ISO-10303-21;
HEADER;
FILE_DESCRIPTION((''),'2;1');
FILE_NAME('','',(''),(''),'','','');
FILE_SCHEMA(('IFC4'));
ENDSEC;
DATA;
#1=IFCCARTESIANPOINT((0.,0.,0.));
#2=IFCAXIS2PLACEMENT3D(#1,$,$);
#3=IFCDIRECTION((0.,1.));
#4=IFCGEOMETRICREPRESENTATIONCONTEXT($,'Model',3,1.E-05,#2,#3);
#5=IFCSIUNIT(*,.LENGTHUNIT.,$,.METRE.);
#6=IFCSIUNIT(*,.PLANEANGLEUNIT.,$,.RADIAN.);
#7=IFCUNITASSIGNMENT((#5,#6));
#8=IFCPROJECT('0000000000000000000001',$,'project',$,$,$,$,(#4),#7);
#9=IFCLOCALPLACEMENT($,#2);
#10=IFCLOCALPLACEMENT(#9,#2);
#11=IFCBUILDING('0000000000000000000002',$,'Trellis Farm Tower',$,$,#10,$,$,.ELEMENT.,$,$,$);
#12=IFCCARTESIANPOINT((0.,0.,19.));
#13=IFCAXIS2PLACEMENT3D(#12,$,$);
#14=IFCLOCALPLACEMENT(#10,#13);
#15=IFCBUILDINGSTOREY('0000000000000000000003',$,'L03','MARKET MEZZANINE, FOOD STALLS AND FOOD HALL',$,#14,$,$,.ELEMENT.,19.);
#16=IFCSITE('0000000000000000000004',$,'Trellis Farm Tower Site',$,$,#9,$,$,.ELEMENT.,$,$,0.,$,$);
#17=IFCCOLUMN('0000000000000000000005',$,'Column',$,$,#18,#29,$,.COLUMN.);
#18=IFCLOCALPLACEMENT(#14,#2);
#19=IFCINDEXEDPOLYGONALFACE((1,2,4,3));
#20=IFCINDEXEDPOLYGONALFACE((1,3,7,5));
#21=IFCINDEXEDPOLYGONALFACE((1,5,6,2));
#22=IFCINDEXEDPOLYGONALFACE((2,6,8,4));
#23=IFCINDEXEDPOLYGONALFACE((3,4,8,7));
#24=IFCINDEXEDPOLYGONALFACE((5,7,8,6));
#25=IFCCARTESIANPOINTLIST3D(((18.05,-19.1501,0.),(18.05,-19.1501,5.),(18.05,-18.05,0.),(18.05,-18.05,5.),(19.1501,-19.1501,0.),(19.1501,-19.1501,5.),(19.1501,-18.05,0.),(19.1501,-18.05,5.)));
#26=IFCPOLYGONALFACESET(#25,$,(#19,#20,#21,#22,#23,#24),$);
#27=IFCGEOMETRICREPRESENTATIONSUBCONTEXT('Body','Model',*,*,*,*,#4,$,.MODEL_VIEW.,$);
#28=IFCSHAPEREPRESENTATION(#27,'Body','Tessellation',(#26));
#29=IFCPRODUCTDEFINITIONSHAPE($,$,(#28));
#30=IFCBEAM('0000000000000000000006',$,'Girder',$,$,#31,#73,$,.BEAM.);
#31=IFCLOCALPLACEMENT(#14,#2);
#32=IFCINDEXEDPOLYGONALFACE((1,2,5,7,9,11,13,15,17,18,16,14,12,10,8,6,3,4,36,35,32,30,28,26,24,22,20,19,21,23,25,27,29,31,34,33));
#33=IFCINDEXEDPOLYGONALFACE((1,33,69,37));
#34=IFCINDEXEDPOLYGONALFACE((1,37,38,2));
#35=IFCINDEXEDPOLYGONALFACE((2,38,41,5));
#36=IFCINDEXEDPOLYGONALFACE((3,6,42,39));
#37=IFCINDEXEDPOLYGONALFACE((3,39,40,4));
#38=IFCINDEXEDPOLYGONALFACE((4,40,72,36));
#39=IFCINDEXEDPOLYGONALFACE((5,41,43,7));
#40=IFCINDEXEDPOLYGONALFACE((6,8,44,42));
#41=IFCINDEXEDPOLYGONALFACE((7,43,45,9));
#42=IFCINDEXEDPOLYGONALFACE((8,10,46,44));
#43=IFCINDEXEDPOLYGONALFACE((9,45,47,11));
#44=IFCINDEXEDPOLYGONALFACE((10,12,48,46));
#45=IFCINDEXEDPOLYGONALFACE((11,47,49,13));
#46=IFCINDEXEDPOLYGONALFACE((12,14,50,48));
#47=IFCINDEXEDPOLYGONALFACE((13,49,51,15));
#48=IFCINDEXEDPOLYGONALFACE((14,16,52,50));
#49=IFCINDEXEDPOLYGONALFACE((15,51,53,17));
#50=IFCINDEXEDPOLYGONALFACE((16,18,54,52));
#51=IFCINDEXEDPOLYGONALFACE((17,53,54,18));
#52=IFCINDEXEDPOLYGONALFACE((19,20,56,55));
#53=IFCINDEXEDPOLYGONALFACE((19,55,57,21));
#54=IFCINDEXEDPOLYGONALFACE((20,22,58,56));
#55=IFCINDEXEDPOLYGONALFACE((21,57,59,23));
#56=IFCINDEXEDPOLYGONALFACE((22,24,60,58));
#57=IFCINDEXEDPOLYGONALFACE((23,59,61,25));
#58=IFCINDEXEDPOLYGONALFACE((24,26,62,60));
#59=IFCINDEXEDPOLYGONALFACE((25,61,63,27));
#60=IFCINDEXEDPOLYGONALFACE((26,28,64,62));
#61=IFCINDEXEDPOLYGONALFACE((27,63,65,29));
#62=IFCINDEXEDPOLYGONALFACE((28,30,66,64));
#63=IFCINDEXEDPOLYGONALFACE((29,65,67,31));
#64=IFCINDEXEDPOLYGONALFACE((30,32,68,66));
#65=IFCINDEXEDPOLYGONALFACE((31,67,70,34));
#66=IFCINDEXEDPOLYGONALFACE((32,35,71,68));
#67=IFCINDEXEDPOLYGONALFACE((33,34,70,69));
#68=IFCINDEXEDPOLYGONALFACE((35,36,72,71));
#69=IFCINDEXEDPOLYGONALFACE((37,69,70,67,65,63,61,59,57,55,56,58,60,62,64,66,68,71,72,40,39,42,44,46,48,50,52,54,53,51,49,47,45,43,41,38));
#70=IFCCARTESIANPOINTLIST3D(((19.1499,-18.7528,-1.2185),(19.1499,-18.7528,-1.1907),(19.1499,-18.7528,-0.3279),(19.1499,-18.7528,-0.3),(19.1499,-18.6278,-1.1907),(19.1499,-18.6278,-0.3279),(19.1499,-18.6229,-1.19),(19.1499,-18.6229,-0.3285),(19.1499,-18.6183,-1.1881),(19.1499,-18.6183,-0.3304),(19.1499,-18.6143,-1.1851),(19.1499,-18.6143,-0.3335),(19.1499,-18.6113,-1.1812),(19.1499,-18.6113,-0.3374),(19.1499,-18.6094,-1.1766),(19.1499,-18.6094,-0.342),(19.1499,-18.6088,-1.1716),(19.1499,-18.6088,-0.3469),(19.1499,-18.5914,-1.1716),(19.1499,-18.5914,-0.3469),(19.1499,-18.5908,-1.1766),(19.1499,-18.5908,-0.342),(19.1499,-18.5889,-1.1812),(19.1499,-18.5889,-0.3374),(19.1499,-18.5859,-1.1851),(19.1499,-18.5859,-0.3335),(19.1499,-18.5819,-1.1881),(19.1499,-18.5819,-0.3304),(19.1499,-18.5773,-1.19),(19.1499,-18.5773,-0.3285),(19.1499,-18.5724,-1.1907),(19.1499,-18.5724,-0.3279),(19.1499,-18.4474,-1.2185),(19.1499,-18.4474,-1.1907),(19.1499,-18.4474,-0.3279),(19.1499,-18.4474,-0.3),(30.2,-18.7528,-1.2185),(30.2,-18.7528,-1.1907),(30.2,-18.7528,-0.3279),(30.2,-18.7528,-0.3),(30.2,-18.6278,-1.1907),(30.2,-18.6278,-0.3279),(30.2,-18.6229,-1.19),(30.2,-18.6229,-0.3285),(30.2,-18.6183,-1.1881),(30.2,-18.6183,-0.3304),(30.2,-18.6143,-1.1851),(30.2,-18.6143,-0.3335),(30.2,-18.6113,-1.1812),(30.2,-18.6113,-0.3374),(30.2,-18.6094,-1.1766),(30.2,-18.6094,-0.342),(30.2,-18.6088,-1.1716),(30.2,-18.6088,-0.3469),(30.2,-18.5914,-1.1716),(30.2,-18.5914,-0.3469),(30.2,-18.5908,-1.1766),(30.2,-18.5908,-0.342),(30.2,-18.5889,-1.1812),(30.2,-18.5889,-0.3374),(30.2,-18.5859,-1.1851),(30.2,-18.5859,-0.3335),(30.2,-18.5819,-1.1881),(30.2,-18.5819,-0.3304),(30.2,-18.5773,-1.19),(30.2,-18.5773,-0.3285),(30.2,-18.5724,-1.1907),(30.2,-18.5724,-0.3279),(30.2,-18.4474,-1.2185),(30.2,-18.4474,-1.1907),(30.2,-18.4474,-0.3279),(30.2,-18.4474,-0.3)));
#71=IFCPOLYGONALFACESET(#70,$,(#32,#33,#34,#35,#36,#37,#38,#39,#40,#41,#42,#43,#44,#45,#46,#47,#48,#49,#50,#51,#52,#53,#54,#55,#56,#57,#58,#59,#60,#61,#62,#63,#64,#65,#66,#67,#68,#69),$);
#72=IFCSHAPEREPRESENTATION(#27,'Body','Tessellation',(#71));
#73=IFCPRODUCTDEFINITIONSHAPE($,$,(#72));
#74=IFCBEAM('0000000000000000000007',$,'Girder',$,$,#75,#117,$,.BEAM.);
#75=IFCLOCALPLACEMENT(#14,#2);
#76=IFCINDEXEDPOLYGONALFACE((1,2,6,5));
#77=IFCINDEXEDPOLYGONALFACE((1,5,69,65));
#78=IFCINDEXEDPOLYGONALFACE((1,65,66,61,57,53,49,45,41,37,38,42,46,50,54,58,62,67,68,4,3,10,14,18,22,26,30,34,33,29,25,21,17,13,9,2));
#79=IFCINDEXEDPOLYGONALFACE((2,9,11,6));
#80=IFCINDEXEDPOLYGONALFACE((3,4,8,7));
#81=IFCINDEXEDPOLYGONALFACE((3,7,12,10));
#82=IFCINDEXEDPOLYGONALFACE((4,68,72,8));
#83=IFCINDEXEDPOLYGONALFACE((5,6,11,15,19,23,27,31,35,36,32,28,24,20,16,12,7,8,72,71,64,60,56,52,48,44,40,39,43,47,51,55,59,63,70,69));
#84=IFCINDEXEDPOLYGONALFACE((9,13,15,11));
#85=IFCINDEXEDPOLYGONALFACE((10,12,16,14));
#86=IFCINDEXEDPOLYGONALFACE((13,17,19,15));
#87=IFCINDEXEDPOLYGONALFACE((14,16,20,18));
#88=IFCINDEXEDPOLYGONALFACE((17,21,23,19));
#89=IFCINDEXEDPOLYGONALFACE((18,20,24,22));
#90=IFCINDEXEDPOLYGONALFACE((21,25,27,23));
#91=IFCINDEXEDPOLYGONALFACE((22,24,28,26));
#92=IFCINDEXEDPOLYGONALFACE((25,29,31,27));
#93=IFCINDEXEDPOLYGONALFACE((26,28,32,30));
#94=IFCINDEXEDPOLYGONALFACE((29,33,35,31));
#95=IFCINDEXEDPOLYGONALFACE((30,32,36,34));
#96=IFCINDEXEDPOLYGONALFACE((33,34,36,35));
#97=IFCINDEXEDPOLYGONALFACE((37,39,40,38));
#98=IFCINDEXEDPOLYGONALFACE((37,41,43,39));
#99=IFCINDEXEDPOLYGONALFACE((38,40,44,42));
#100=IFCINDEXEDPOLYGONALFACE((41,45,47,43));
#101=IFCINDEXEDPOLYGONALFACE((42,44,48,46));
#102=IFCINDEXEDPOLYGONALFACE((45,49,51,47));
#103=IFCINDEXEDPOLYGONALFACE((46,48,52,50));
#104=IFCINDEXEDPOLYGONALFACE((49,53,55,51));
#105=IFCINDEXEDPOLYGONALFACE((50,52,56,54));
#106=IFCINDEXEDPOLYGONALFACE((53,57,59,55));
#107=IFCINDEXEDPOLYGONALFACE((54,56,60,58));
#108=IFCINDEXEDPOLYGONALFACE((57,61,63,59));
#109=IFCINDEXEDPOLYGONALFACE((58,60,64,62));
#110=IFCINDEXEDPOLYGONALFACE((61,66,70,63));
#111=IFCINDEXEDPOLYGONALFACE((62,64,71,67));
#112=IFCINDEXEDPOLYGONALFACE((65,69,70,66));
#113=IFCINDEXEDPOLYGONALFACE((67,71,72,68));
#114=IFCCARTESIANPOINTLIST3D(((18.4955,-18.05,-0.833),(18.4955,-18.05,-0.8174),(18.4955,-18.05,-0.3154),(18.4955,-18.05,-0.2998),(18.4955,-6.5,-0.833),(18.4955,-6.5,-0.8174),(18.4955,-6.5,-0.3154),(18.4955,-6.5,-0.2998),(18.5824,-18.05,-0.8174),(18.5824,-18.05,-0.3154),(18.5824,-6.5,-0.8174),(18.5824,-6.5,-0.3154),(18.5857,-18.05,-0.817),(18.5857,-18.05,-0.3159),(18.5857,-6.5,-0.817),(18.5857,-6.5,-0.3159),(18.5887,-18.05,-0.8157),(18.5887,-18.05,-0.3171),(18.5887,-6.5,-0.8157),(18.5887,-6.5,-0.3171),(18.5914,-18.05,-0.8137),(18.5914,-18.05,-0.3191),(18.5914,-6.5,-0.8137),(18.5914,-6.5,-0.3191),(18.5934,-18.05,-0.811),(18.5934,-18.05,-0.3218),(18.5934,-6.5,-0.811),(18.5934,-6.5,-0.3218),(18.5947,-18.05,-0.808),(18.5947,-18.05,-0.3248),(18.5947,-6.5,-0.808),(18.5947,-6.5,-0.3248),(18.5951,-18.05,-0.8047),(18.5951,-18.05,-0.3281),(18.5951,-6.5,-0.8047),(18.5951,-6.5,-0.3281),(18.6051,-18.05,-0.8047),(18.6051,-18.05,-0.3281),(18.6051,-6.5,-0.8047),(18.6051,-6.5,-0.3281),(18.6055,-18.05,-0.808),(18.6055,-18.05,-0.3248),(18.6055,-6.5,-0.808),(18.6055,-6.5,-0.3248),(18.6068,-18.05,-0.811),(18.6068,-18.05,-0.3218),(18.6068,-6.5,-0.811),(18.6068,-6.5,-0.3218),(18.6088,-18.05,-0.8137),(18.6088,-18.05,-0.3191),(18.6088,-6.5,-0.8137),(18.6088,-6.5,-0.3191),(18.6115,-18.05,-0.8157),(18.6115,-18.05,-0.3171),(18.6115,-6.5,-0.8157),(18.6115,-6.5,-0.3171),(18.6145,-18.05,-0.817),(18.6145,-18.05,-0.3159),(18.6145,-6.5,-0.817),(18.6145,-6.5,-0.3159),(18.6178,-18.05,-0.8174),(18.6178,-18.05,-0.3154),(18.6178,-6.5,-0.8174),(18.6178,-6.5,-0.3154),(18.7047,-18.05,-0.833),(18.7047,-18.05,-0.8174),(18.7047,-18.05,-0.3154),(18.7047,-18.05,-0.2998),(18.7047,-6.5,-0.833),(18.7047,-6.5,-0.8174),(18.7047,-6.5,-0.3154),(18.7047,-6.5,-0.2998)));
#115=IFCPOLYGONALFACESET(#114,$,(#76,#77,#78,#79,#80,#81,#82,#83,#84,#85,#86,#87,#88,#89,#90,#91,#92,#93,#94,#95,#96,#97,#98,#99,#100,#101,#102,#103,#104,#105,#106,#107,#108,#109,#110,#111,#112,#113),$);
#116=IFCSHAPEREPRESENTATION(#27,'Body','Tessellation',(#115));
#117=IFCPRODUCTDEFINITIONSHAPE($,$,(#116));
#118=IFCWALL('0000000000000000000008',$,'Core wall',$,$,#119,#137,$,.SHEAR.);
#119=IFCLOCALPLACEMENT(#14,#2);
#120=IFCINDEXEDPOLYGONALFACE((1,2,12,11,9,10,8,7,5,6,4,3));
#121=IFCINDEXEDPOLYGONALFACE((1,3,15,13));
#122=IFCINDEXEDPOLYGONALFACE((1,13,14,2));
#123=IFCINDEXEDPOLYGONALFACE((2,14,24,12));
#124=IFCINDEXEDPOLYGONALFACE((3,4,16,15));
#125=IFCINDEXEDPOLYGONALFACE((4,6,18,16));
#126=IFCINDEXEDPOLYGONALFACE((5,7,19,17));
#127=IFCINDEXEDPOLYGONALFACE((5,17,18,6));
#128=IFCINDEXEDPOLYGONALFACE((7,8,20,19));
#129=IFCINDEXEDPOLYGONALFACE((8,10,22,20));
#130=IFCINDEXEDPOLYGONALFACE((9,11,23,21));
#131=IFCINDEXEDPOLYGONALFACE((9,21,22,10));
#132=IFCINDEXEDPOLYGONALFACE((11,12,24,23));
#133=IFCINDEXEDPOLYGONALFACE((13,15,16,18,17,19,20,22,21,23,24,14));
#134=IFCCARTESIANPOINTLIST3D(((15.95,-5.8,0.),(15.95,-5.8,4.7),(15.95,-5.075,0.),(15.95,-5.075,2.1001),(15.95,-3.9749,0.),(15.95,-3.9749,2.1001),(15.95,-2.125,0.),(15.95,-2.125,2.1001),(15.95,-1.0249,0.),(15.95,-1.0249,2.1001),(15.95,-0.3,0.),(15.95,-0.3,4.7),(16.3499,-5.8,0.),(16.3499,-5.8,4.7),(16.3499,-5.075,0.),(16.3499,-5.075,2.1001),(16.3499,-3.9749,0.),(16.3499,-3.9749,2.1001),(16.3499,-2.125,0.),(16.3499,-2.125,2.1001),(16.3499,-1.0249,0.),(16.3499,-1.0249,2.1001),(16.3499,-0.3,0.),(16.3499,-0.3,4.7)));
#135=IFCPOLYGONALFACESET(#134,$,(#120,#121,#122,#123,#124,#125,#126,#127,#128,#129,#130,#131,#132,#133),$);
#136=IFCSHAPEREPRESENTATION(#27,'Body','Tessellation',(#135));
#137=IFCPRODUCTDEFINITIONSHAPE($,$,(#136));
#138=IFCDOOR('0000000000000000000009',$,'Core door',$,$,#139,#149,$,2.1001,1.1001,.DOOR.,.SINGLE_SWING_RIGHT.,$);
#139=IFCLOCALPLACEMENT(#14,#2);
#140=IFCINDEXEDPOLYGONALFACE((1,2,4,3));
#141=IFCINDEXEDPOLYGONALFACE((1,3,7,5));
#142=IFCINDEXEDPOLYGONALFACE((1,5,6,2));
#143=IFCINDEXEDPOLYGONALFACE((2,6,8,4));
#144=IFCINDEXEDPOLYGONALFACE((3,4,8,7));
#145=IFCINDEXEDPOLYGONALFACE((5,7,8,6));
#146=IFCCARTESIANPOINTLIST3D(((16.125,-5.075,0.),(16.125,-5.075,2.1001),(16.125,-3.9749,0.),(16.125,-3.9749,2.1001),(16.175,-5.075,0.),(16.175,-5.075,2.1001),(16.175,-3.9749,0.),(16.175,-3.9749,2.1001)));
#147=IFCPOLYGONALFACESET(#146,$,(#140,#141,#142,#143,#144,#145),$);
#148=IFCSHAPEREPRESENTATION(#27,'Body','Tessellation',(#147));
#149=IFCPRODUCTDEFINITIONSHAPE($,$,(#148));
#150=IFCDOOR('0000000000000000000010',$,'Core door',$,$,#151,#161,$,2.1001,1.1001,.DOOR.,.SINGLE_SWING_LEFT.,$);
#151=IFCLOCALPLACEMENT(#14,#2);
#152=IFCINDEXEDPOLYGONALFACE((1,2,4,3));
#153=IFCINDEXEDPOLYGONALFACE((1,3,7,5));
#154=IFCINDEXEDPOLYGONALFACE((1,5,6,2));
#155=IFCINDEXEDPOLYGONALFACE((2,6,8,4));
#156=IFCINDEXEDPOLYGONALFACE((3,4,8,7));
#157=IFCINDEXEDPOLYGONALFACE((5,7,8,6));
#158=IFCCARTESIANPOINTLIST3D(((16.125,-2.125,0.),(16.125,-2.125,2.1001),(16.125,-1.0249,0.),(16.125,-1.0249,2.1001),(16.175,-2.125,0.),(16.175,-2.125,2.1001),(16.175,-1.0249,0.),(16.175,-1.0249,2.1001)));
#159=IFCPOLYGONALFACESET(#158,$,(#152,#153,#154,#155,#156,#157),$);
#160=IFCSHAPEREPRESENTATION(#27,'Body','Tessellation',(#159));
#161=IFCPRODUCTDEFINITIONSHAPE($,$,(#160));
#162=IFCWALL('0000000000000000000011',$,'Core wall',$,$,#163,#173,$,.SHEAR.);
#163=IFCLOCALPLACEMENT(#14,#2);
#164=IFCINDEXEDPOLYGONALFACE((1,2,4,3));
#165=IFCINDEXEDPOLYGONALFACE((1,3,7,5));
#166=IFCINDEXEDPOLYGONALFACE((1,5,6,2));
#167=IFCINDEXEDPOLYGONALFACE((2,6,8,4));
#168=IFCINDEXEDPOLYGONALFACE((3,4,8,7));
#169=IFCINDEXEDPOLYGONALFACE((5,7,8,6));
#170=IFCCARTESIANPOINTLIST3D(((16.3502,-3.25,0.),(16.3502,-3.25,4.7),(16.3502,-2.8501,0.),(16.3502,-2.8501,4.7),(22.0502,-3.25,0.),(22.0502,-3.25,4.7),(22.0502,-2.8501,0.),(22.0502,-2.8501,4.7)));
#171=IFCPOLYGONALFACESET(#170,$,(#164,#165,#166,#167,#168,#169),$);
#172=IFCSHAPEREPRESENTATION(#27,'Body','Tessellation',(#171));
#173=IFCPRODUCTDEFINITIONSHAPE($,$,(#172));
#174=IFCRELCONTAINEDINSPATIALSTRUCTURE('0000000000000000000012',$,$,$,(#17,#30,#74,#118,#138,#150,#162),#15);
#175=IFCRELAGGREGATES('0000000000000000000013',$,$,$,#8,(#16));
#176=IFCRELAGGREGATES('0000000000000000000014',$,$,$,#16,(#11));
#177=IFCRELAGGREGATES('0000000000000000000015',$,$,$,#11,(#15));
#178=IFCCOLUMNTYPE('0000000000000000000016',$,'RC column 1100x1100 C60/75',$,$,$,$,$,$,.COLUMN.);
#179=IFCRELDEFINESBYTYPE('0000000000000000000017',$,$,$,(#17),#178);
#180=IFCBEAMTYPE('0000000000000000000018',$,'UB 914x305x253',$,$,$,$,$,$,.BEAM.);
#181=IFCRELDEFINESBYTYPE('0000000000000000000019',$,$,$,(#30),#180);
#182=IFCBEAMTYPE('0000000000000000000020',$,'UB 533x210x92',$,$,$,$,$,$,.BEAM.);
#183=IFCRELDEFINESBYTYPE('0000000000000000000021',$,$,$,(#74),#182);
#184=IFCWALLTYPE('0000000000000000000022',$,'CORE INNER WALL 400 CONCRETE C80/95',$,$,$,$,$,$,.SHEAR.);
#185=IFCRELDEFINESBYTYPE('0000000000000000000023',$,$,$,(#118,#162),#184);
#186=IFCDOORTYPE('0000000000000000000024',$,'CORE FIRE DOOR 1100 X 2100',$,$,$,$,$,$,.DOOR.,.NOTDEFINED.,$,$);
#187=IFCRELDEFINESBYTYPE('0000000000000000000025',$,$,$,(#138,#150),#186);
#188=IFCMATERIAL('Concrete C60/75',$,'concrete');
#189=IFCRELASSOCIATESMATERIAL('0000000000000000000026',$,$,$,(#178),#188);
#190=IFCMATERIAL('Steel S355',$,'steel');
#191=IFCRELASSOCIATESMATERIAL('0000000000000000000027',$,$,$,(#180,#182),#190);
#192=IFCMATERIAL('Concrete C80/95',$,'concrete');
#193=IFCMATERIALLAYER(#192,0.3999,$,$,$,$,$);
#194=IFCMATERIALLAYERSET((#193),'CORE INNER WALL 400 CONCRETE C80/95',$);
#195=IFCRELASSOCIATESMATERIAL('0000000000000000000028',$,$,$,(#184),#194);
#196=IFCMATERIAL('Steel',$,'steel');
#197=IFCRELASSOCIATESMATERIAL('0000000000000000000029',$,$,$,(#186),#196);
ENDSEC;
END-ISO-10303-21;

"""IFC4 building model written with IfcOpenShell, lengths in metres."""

from ifc_helpers import new_model, si_unit, direction, frame, frame_2d, origin, origin_2d, place, context, subcontext, project, spatial, rectangle, i_section, extrude, source, transform, mapped, material, layer, layer_set, material_profile, profile_set, type_object, element, fill, save


model = new_model("IFC4")

# Units and contexts
model_context = context("Model", 3, precision=1e-05, world=origin(), true_north=direction((0.0, 1.0)))
body_context = subcontext(model_context, "Body", "Model", "MODEL_VIEW")
ifc_project = project(units=[si_unit("LENGTHUNIT", "METRE"), si_unit("PLANEANGLEUNIT", "RADIAN")], contexts=[model_context])

# Site, building, storey
site_placement = place(None, origin())
site = spatial("IfcSite", under=ifc_project, at=site_placement, Name="Trellis Farm Tower Site", CompositionType="ELEMENT", RefElevation=0.0)
building_placement = place(site_placement, origin())
building = spatial("IfcBuilding", under=site, at=building_placement, Name="Trellis Farm Tower", CompositionType="ELEMENT")
storey_placement = place(building_placement, frame((0.0, 0.0, 19.0)))
storey = spatial("IfcBuildingStorey", under=building, at=storey_placement, Name="L03", Description="MARKET MEZZANINE, FOOD STALLS AND FOOD HALL", CompositionType="ELEMENT", Elevation=19.0)

# Column
ifc_material_1 = material(Name="Concrete C60/75", Category="concrete")
ifc_material_profile_1 = material_profile(ifc_material_1, rectangle(XDim=1.1001, YDim=1.1001, at=origin_2d()), Name="RC column 1100x1100 C60/75")
ifc_profile_set_1 = profile_set([ifc_material_profile_1], Name="Concrete C60/75")
column_type = type_object("IfcColumnType", Name="RC column 1100x1100 C60/75", PredefinedType="COLUMN", material=ifc_profile_set_1)
shared_shape_1 = source(origin(), body_context, "Body", "SweptSolid", [
    extrude(rectangle(XDim=1.1001, YDim=1.1001, at=origin_2d()), origin(), (0.0, 0.0, 1.0), 5.0),
])
column_placement = place(storey_placement, frame((18.6001, -18.6001, 0.0), z_axis=(0.0, 0.0, 1.0), x_axis=(1.0, 0.0, 0.0)))
element("IfcColumn", 1, at=column_placement, inside=storey, type_object=column_type, Name="Column", PredefinedType="COLUMN", context=body_context, shape_type="MappedRepresentation", body=[
    mapped(shared_shape_1, transform((0.0, 0.0, 0.0))),
])

# Beams
ifc_material_2 = material(Name="Steel S355", Category="steel")
ifc_material_profile_2 = material_profile(ifc_material_2, i_section(OverallWidth=0.3054, OverallDepth=0.9185, WebThickness=0.0173, FlangeThickness=0.0278, FilletRadius=0.019, at=origin_2d()), Name="UB 914x305x253")
ifc_profile_set_2 = profile_set([ifc_material_profile_2], Name="Steel S355")
beam_type_1 = type_object("IfcBeamType", Name="UB 914x305x253", PredefinedType="BEAM", material=ifc_profile_set_2)
shared_shape_2 = source(origin(), body_context, "Body", "SweptSolid", [
    extrude(i_section(OverallWidth=0.3054, OverallDepth=0.9185, WebThickness=0.0173, FlangeThickness=0.0278, FilletRadius=0.019, at=origin_2d()), origin(), (0.0, 0.0, 1.0), 11.05),
])
beam_1_placement = place(storey_placement, frame((19.1499, -18.6001, -0.7593), z_axis=(1.0, 0.0, 0.0), x_axis=(0.0, 1.0, 0.0)))
element("IfcBeam", 2, at=beam_1_placement, inside=storey, type_object=beam_type_1, Name="Girder", PredefinedType="BEAM", context=body_context, shape_type="MappedRepresentation", body=[
    mapped(shared_shape_2, transform((0.0, 0.0, 0.0))),
])
ifc_material_profile_3 = material_profile(ifc_material_2, i_section(OverallWidth=0.2092, OverallDepth=0.5332, WebThickness=0.01, FlangeThickness=0.0156, FilletRadius=0.0127, at=origin_2d()), Name="UB 533x210x92")
ifc_profile_set_3 = profile_set([ifc_material_profile_3], Name="Steel S355")
beam_type_2 = type_object("IfcBeamType", Name="UB 533x210x92", PredefinedType="BEAM", material=ifc_profile_set_3)
shared_shape_3 = source(origin(), body_context, "Body", "SweptSolid", [
    extrude(i_section(OverallWidth=0.2092, OverallDepth=0.5332, WebThickness=0.01, FlangeThickness=0.0156, FilletRadius=0.0127, at=origin_2d()), origin(), (0.0, 0.0, 1.0), 11.55),
])
beam_2_placement = place(storey_placement, frame((18.6001, -18.05, -0.5664), z_axis=(0.0, 1.0, 0.0), x_axis=(-1.0, 0.0, 0.0)))
element("IfcBeam", 3, at=beam_2_placement, inside=storey, type_object=beam_type_2, Name="Girder", PredefinedType="BEAM", context=body_context, shape_type="MappedRepresentation", body=[
    mapped(shared_shape_3, transform((0.0, 0.0, 0.0))),
])

# Wall, openings, doors
ifc_material_3 = material(Name="Concrete C80/95", Category="concrete")
ifc_layer_1 = layer(ifc_material_3, 0.3999)
ifc_layer_set_1 = layer_set([ifc_layer_1], Name="CORE INNER WALL 400 CONCRETE C80/95")
wall_type_1 = type_object("IfcWallType", Name="CORE INNER WALL 400 CONCRETE C80/95", PredefinedType="SHEAR", material=ifc_layer_set_1)
shared_shape_4 = source(origin(), body_context, "Body", "SweptSolid", [
    extrude(rectangle(XDim=5.5, YDim=0.3999, at=frame_2d((2.75, 0.0))), origin(), (0.0, 0.0, 1.0), 4.7),
])
wall_1_placement = place(storey_placement, frame((16.1499, -5.8, 0.0), z_axis=(0.0, 0.0, 1.0), x_axis=(0.0, 1.0, 0.0)))
wall_1 = element("IfcWall", 4, at=wall_1_placement, inside=storey, type_object=wall_type_1, Name="Core wall", PredefinedType="SHEAR", context=body_context, shape_type="MappedRepresentation", body=[
    mapped(shared_shape_4, transform((0.0, 0.0, 0.0))),
])
shared_shape_5 = source(origin(), body_context, "Body", "SweptSolid", [
    extrude(rectangle(XDim=1.1001, YDim=2.1001, at=frame_2d((0.55, 1.05))), frame((0.0, 0.21, 0.0), z_axis=(0.0, -1.0, 0.0), x_axis=(1.0, 0.0, 0.0)), (0.0, 0.0, 1.0), 0.4199),
])
opening_1_placement = place(wall_1_placement, frame((0.7251, 0.0, 0.0)))
opening_1 = element("IfcOpeningElement", 5, at=opening_1_placement, cuts=wall_1, PredefinedType="OPENING", context=body_context, shape_type="MappedRepresentation", body=[
    mapped(shared_shape_5, transform((0.0, 0.0, 0.0))),
])
opening_2_placement = place(wall_1_placement, frame((3.675, 0.0, 0.0)))
opening_2 = element("IfcOpeningElement", 6, at=opening_2_placement, cuts=wall_1, PredefinedType="OPENING", context=body_context, shape_type="MappedRepresentation", body=[
    mapped(shared_shape_5, transform((0.0, 0.0, 0.0))),
])
ifc_material_4 = material(Name="Steel", Category="steel")
door_type = type_object("IfcDoorType", Name="CORE FIRE DOOR 1100 X 2100", OperationType="NOTDEFINED", PredefinedType="DOOR", material=ifc_material_4)
shared_shape_6 = source(origin(), body_context, "Body", "SweptSolid", [
    extrude(rectangle(XDim=1.1001, YDim=2.1001, at=frame_2d((0.55, 1.05))), frame((0.0, 0.0249, 0.0), z_axis=(0.0, -1.0, 0.0), x_axis=(1.0, 0.0, 0.0)), (0.0, 0.0, 1.0), 0.05),
])
door_1_placement = place(opening_1_placement, origin())
door_1 = element("IfcDoor", 7, at=door_1_placement, inside=storey, type_object=door_type, Name="Core door", OperationType="SINGLE_SWING_RIGHT", OverallHeight=2.1001, OverallWidth=1.1001, PredefinedType="DOOR", context=body_context, shape_type="MappedRepresentation", body=[
    mapped(shared_shape_6, transform((0.0, 0.0, 0.0))),
])
fill(opening_1, door_1)
door_2_placement = place(opening_2_placement, origin())
door_2 = element("IfcDoor", 8, at=door_2_placement, inside=storey, type_object=door_type, Name="Core door", OperationType="SINGLE_SWING_LEFT", OverallHeight=2.1001, OverallWidth=1.1001, PredefinedType="DOOR", context=body_context, shape_type="MappedRepresentation", body=[
    mapped(shared_shape_6, transform((0.0, 0.0, 0.0))),
])
fill(opening_2, door_2)

# Wall
shared_shape_7 = source(origin(), body_context, "Body", "SweptSolid", [
    extrude(rectangle(XDim=5.7, YDim=0.3999, at=frame_2d((2.8501, 0.0))), origin(), (0.0, 0.0, 1.0), 4.7),
])
wall_2_placement = place(storey_placement, frame((16.3501, -3.05, 0.0), z_axis=(0.0, 0.0, 1.0), x_axis=(1.0, 0.0, 0.0)))
element("IfcWall", 9, at=wall_2_placement, inside=storey, type_object=wall_type_1, Name="Core wall", PredefinedType="SHEAR", context=body_context, shape_type="MappedRepresentation", body=[
    mapped(shared_shape_7, transform((0.0, 0.0, 0.0))),
])

save(model, "model.ifc")
